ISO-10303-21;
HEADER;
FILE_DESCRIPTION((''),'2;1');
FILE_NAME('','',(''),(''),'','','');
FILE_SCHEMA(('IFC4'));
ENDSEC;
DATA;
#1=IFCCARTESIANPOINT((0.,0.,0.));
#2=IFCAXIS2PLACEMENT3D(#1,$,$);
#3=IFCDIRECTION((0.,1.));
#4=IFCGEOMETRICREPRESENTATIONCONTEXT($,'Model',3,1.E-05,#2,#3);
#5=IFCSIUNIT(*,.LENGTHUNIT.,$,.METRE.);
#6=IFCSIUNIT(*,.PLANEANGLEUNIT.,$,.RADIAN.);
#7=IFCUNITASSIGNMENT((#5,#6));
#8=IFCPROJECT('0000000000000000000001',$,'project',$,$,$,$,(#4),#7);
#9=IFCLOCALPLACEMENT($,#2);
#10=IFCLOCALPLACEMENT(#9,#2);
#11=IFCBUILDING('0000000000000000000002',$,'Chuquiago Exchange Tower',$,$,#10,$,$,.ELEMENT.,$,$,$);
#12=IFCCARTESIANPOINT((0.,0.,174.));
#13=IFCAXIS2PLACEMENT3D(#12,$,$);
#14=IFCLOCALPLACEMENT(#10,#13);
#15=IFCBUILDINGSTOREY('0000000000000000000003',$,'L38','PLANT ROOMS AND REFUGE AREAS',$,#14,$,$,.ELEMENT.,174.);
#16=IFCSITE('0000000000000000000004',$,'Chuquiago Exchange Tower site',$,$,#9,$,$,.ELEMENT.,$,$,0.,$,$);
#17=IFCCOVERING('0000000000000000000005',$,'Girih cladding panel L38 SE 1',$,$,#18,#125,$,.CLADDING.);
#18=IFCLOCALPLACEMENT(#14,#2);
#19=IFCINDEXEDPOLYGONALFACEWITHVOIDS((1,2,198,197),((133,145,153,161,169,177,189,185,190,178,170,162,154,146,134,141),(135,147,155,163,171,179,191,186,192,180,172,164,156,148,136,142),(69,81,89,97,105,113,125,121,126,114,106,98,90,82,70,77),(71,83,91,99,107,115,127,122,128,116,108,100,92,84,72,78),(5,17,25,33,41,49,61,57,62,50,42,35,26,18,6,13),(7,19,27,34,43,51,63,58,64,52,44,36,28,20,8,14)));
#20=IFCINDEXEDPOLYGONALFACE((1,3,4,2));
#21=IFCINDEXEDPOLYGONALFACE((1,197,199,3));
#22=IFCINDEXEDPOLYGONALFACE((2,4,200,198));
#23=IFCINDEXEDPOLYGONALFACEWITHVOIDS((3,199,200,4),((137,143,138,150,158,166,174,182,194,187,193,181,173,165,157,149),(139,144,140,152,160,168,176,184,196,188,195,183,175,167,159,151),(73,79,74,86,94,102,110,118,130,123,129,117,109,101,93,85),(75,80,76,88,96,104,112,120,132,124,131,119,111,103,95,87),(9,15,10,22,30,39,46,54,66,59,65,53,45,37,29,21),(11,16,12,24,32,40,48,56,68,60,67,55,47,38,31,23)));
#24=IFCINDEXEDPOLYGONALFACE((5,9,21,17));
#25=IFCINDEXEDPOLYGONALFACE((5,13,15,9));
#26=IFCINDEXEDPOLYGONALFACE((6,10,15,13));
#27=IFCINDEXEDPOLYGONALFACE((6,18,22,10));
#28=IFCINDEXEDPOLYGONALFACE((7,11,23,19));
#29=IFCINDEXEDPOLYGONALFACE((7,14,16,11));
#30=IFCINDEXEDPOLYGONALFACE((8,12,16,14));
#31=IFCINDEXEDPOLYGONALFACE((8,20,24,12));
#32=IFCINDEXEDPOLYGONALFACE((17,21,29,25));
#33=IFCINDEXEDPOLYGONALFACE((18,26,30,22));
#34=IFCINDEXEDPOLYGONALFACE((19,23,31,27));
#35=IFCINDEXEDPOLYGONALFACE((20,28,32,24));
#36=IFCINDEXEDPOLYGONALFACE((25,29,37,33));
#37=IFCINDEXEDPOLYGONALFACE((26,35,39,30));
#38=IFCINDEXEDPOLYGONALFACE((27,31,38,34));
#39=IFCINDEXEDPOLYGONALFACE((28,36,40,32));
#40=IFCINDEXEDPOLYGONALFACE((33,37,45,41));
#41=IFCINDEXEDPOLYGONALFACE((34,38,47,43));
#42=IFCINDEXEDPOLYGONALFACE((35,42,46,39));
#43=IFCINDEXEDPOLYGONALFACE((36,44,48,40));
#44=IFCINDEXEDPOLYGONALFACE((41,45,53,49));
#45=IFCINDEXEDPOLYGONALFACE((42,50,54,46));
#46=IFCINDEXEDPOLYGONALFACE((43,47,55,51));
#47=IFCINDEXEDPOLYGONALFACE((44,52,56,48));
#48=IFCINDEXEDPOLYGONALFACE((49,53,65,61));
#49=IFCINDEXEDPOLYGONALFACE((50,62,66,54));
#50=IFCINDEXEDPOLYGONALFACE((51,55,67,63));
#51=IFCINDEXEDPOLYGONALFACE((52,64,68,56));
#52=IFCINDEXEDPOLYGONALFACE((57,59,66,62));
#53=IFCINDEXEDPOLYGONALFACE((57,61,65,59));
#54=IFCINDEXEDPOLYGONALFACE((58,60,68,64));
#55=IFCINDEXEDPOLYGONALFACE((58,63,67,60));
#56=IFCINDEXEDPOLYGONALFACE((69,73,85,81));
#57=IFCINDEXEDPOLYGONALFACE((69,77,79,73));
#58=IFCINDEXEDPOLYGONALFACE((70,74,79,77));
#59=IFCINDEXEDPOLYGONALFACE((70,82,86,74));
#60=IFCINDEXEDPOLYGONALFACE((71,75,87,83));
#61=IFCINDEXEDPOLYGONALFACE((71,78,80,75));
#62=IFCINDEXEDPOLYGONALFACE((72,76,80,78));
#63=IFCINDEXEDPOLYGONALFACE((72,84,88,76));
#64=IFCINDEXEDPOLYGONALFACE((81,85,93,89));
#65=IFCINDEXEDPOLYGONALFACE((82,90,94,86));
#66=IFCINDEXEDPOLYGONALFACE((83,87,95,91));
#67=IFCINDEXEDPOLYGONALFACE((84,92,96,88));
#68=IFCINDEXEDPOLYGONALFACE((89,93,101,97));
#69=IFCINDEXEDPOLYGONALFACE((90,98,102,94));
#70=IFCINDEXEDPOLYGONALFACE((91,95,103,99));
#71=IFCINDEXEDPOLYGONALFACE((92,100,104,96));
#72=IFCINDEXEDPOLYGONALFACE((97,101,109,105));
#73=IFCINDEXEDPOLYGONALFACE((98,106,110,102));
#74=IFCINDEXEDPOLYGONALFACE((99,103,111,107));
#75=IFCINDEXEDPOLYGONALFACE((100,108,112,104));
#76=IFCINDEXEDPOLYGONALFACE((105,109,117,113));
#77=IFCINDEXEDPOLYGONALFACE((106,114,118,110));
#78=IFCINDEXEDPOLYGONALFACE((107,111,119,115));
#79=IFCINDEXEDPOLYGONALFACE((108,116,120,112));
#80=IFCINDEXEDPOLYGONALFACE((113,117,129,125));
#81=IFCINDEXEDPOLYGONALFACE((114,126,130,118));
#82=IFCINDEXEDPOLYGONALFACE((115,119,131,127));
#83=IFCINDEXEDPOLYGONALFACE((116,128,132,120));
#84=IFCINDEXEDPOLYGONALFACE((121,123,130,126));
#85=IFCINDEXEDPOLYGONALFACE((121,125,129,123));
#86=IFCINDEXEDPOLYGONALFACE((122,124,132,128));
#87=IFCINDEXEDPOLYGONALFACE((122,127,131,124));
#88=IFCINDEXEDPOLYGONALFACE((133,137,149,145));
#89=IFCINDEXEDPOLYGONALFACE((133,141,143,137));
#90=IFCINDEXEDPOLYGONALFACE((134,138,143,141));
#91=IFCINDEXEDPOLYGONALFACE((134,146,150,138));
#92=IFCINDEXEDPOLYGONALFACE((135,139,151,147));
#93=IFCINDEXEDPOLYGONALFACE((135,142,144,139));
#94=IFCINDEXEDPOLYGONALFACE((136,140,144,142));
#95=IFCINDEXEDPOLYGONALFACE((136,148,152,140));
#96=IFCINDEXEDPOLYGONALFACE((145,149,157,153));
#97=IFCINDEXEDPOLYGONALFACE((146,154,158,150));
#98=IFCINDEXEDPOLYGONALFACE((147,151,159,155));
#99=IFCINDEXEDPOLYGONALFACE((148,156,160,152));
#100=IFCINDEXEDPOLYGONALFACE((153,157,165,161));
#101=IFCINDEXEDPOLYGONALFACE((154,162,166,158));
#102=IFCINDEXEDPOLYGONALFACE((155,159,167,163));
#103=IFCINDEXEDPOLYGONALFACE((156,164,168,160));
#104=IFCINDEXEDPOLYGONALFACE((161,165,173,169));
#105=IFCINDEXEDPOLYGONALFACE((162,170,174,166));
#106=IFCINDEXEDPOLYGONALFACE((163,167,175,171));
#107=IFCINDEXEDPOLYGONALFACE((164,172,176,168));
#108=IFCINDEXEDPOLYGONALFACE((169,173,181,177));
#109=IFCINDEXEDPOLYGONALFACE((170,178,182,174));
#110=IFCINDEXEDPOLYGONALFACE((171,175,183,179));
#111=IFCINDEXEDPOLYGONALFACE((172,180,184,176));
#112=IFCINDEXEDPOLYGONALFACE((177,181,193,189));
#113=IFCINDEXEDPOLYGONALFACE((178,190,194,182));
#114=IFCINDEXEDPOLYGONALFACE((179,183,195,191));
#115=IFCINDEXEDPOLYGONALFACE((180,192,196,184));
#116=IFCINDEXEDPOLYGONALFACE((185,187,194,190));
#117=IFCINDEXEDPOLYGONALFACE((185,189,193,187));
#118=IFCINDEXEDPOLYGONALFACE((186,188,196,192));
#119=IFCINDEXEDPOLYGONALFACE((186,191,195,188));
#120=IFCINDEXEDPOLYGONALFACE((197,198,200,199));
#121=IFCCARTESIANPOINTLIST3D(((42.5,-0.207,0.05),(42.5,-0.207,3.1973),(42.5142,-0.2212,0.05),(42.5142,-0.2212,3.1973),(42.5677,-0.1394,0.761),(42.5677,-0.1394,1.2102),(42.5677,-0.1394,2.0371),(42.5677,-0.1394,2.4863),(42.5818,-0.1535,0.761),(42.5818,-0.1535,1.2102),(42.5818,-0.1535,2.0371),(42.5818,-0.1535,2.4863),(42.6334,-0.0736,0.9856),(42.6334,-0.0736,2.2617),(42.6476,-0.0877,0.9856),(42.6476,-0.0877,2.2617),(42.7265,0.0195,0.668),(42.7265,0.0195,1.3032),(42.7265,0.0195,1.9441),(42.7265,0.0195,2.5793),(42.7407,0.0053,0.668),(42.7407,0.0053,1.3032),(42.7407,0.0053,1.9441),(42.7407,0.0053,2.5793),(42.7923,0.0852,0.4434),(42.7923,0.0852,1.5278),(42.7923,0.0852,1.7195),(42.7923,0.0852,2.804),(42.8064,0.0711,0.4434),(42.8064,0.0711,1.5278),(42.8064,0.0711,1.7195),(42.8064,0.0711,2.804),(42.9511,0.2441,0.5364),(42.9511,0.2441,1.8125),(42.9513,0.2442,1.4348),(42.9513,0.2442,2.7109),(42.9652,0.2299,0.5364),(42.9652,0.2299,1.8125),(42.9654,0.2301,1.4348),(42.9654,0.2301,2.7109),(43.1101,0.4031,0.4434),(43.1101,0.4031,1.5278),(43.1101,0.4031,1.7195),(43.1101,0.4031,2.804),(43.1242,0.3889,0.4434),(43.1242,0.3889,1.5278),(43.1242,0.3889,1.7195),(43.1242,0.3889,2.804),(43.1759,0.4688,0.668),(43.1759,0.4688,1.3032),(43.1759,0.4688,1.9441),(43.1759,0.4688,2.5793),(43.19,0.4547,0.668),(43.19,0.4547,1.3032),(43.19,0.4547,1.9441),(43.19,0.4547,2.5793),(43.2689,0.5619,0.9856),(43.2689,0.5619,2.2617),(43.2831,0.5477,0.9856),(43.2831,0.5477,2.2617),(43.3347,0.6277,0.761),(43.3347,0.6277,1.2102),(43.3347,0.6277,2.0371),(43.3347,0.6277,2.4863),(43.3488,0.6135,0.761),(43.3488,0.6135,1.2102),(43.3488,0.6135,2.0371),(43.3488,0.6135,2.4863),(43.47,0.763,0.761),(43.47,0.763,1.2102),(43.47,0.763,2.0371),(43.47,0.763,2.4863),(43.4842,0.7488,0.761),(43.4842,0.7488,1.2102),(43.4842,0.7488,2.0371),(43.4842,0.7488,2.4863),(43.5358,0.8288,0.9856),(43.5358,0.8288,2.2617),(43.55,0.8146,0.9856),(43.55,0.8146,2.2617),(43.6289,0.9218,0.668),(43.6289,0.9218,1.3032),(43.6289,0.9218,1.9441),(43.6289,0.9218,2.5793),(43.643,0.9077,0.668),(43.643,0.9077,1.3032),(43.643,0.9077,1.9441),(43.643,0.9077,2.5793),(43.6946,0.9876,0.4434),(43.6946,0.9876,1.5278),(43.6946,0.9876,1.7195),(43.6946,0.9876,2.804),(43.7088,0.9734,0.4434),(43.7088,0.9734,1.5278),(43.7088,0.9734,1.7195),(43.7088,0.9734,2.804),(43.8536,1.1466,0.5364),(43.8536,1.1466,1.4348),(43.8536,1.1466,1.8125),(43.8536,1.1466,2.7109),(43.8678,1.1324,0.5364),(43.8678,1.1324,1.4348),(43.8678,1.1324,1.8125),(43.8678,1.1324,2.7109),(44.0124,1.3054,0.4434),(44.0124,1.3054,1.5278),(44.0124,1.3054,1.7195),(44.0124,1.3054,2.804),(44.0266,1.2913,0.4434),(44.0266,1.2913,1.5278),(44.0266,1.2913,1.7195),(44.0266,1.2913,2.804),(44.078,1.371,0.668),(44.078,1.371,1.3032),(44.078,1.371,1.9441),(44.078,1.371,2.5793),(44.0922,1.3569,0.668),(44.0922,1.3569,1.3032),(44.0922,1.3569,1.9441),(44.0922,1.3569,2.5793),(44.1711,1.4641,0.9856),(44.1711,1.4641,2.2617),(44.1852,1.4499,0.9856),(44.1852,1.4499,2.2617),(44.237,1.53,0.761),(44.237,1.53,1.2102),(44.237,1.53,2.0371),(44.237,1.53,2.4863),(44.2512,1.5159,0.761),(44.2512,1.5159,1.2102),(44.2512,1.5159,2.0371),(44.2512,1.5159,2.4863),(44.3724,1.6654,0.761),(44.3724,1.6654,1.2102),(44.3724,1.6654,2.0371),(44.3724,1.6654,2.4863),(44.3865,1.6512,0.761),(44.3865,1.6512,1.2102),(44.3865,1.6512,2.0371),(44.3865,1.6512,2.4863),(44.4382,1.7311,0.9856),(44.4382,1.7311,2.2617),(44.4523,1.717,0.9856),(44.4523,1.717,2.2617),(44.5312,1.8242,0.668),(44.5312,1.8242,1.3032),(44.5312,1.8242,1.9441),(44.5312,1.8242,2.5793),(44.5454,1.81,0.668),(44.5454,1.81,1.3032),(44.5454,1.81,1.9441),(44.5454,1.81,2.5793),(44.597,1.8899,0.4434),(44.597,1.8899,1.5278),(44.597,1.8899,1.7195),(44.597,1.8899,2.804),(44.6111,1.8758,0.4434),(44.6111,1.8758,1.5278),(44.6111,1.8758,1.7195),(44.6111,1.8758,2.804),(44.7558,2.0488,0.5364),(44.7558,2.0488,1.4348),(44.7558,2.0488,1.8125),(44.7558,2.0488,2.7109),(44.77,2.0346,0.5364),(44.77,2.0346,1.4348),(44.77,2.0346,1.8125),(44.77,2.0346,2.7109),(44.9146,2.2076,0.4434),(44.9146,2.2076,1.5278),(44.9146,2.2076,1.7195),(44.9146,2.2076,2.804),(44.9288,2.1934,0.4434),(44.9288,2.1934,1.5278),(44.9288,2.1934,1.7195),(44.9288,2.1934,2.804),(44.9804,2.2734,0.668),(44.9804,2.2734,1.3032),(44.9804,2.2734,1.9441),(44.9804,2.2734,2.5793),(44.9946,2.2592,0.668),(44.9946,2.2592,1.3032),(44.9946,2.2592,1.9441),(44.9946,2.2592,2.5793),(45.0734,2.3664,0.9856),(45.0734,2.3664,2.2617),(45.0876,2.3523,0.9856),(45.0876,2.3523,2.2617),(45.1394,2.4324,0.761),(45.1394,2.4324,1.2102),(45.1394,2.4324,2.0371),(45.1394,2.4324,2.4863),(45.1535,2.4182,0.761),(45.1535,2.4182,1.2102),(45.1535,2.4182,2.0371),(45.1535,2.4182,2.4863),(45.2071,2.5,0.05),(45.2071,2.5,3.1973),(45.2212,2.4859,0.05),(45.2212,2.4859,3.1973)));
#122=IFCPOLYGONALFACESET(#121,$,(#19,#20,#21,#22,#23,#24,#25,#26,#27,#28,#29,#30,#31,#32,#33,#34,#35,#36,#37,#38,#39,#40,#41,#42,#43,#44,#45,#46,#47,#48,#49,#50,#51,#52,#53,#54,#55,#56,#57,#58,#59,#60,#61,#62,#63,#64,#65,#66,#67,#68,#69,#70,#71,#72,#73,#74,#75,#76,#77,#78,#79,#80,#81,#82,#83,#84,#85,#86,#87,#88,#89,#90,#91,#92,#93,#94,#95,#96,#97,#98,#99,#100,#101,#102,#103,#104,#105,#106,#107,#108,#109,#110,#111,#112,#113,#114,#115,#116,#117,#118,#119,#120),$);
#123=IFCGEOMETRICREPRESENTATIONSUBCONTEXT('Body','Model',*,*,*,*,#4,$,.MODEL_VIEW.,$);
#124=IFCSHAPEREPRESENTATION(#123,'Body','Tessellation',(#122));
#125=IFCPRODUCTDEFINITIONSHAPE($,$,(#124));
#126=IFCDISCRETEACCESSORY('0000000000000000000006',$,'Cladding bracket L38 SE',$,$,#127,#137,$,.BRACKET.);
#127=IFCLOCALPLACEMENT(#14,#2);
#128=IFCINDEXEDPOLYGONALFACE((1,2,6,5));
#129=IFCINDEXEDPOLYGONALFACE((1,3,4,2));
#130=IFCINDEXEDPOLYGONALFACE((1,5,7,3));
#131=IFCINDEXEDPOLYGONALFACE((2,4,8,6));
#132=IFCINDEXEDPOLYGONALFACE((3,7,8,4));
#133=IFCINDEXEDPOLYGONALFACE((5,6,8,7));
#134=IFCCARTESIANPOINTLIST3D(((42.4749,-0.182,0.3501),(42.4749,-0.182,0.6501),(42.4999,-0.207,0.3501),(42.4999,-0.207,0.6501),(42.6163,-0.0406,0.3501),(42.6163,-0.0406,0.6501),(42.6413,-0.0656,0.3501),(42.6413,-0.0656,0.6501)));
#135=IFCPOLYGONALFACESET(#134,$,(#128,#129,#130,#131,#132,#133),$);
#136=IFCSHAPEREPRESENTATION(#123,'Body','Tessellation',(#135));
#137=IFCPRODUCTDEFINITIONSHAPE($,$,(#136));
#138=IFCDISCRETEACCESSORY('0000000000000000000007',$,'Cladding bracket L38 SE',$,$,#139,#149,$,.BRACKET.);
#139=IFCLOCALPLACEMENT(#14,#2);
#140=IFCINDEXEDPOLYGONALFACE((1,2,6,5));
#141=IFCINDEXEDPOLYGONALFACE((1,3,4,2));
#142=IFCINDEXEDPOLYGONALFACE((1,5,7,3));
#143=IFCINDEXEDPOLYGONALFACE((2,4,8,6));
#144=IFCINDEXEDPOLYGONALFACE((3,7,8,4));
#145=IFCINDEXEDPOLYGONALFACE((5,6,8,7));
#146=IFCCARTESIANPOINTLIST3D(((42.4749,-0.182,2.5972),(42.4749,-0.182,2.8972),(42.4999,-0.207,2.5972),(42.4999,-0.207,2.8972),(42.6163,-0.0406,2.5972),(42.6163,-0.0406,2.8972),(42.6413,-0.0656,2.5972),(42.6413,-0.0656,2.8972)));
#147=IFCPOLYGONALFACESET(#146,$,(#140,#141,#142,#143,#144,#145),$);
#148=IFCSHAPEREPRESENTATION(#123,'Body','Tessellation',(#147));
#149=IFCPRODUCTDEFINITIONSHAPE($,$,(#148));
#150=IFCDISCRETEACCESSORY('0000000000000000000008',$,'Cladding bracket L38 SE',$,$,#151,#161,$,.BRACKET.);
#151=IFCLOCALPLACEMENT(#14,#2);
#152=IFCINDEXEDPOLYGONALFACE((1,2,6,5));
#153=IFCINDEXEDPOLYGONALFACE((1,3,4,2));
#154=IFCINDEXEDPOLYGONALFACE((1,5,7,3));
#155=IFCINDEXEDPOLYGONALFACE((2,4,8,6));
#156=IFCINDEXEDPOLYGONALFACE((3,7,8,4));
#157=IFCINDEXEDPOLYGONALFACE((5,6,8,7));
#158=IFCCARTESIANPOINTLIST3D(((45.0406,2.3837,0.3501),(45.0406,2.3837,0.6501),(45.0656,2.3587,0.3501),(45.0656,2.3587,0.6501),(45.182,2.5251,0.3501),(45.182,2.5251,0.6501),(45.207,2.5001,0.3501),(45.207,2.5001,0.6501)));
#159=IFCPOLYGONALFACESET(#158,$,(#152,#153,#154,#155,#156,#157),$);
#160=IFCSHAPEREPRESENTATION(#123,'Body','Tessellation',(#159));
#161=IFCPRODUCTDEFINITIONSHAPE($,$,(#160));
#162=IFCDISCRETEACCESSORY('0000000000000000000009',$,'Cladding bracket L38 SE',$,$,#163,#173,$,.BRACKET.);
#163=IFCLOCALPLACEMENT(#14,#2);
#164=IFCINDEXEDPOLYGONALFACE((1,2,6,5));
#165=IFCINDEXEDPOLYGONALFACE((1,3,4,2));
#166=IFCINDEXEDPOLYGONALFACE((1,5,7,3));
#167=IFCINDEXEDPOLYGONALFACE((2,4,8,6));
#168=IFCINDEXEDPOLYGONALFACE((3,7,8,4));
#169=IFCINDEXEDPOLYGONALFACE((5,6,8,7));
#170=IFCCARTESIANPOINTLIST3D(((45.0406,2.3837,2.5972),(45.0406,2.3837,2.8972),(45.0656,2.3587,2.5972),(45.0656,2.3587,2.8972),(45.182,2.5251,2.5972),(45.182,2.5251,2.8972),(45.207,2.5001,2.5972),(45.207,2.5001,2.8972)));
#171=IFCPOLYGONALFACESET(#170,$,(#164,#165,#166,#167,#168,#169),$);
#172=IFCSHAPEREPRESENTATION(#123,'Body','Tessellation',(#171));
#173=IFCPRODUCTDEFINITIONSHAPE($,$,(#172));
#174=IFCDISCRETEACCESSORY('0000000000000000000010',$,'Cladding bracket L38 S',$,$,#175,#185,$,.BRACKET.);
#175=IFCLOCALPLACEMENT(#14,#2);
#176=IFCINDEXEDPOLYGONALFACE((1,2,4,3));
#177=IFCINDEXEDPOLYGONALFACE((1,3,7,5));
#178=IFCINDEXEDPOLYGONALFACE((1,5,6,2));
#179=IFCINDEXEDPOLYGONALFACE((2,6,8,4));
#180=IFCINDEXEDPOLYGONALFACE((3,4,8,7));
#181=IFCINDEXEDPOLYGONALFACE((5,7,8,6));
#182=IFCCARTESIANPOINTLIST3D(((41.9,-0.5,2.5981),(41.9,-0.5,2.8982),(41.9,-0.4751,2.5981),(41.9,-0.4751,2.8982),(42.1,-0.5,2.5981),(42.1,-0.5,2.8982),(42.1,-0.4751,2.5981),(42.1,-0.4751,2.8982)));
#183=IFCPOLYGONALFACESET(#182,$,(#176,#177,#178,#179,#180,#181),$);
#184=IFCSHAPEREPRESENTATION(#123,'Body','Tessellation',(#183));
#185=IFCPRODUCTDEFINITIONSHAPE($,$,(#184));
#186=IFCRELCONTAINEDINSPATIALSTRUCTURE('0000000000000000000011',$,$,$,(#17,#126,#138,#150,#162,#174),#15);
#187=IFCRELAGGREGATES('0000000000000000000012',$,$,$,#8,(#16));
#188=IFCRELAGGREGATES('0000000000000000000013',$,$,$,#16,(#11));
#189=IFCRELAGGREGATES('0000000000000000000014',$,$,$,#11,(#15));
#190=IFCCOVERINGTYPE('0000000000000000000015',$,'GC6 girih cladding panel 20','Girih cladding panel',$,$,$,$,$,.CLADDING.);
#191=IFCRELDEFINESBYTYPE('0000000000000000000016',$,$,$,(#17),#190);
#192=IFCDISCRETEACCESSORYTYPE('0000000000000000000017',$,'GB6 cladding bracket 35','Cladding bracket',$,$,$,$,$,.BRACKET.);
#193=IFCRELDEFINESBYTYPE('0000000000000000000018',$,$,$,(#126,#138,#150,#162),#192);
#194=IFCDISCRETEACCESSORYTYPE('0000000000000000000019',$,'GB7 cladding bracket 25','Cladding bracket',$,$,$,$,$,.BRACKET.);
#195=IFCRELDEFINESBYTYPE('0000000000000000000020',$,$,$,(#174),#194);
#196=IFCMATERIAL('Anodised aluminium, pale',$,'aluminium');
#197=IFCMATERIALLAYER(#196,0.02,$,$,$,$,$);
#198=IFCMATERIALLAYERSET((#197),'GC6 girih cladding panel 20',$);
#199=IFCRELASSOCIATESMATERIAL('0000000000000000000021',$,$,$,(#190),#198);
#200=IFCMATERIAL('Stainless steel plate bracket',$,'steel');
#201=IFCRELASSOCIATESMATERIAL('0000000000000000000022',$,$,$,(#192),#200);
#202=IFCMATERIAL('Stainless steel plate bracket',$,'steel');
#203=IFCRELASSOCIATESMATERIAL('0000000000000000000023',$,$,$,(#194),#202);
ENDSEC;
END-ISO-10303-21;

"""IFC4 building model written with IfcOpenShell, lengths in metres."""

from ifc_helpers import new_model, si_unit, direction, frame, origin, origin_2d, place, context, subcontext, project, spatial, polyline, rectangle, outline, extrude, material, layer, layer_set, type_object, element, save


model = new_model("IFC4")

# Units and contexts
model_context = context("Model", 3, precision=1e-05, world=origin(), true_north=direction((0.0, 1.0)))
body_context = subcontext(model_context, "Body", "Model", "MODEL_VIEW")
ifc_project = project(units=[si_unit("LENGTHUNIT", "METRE"), si_unit("PLANEANGLEUNIT", "RADIAN")], contexts=[model_context])

# Site, building, storey
site_placement = place(None, origin())
site = spatial("IfcSite", under=ifc_project, at=site_placement, Name="Chuquiago Exchange Tower site", CompositionType="ELEMENT", RefElevation=0.0)
building_placement = place(site_placement, origin())
building = spatial("IfcBuilding", under=site, at=building_placement, Name="Chuquiago Exchange Tower", CompositionType="ELEMENT")
storey_placement = place(building_placement, frame((0.0, 0.0, 174.0)))
storey = spatial("IfcBuildingStorey", under=building, at=storey_placement, Name="L38", Description="PLANT ROOMS AND REFUGE AREAS", CompositionType="ELEMENT", Elevation=174.0)

# Covering
ifc_material_1 = material(Name="Anodised aluminium, pale", Category="aluminium")
ifc_layer_1 = layer(ifc_material_1, 0.02)
ifc_layer_set_1 = layer_set([ifc_layer_1], Name="GC6 girih cladding panel 20")
covering_type_1 = type_object("IfcCoveringType", Name="GC6 girih cladding panel 20", Description="Girih cladding panel", PredefinedType="CLADDING", material=ifc_layer_set_1)
covering_1_placement = place(storey_placement, frame((42.5, -0.207, 0.05), z_axis=(0.0, 0.0, 1.0), x_axis=(0.707107, 0.707107, 0.0)))
element("IfcCovering", 1, at=covering_1_placement, inside=storey, type_object=covering_type_1, Name="Girih cladding panel L38 SE 1", PredefinedType="CLADDING", context=body_context, shape_type="SweptSolid", body=[
    extrude(outline(polyline([(0.0, 0.0), (3.8284, 0.0), (3.8284, 3.1472), (0.0, 3.1472), (0.0, 0.0)]), holes=[polyline([(1.0874, 0.9355), (1.1804, 1.1602), (0.9558, 1.2532), (0.8628, 1.4778), (0.6382, 1.3848), (0.4133, 1.4778), (0.3203, 1.2532), (0.0957, 1.1602), (0.1887, 0.9355), (0.0957, 0.7109), (0.3203, 0.6179), (0.4133, 0.3933), (0.6379, 0.4863), (0.8628, 0.3933), (0.9558, 0.6179), (1.1804, 0.7109), (1.0874, 0.9355)]), polyline([(2.3633, 0.9355), (2.4565, 1.1602), (2.2317, 1.2532), (2.1389, 1.4778), (1.9143, 1.3848), (1.6895, 1.4778), (1.5964, 1.2532), (1.3718, 1.1602), (1.4648, 0.9355), (1.3718, 0.7109), (1.5964, 0.6179), (1.6895, 0.3933), (1.9143, 0.4863), (2.1389, 0.3933), (2.2317, 0.6179), (2.4565, 0.7109), (2.3633, 0.9355)]), polyline([(3.6394, 0.9355), (3.7327, 1.1602), (3.5078, 1.2532), (3.4148, 1.4778), (3.1902, 1.3848), (2.9656, 1.4778), (2.8726, 1.2532), (2.6479, 1.1602), (2.741, 0.9355), (2.6479, 0.7109), (2.8726, 0.6179), (2.9656, 0.3933), (3.1902, 0.4863), (3.4148, 0.3933), (3.5078, 0.6179), (3.7327, 0.7109), (3.6394, 0.9355)]), polyline([(1.0874, 2.2117), (1.1804, 2.4363), (0.9558, 2.5293), (0.8628, 2.7539), (0.6382, 2.6609), (0.4133, 2.7539), (0.3203, 2.5293), (0.0957, 2.4363), (0.1887, 2.2117), (0.0957, 1.9871), (0.3203, 1.894), (0.4133, 1.6694), (0.6379, 1.7625), (0.8628, 1.6694), (0.9558, 1.894), (1.1804, 1.9871), (1.0874, 2.2117)]), polyline([(2.3633, 2.2117), (2.4565, 2.4363), (2.2317, 2.5293), (2.1389, 2.7539), (1.9143, 2.6609), (1.6895, 2.7539), (1.5964, 2.5293), (1.3718, 2.4363), (1.4648, 2.2117), (1.3718, 1.9871), (1.5964, 1.894), (1.6895, 1.6694), (1.9143, 1.7625), (2.1389, 1.6694), (2.2317, 1.894), (2.4565, 1.9871), (2.3633, 2.2117)]), polyline([(3.6394, 2.2117), (3.7327, 2.4363), (3.5078, 2.5293), (3.4148, 2.7539), (3.1902, 2.6609), (2.9656, 2.7539), (2.8726, 2.5293), (2.6479, 2.4363), (2.741, 2.2117), (2.6479, 1.9871), (2.8726, 1.894), (2.9656, 1.6694), (3.1902, 1.7625), (3.4148, 1.6694), (3.5078, 1.894), (3.7327, 1.9871), (3.6394, 2.2117)])]), frame((0.0, 0.0, 0.0), z_axis=(0.0, -1.0, 0.0), x_axis=(1.0, 0.0, 0.0)), (0.0, 0.0, 1.0), 0.02),
])

# Discrete accessories
ifc_material_2 = material(Name="Stainless steel plate bracket", Category="steel")
discrete_accessory_type_1 = type_object("IfcDiscreteAccessoryType", Name="GB6 cladding bracket 35", Description="Cladding bracket", PredefinedType="BRACKET", material=ifc_material_2)
for number, where, z_axis, x_axis, name in (
    (2, (42.5581, -0.1238, 0.3501), (0.0, 0.0, 1.0), (0.707107, 0.707107, 0.0), "Cladding bracket L38 SE"),
    (3, (42.5581, -0.1238, 2.5972), (0.0, 0.0, 1.0), (0.707107, 0.707107, 0.0), "Cladding bracket L38 SE"),
    (4, (45.1238, 2.4419, 0.3501), (0.0, 0.0, 1.0), (0.707107, 0.707107, 0.0), "Cladding bracket L38 SE"),
    (5, (45.1238, 2.4419, 2.5972), (0.0, 0.0, 1.0), (0.707107, 0.707107, 0.0), "Cladding bracket L38 SE"),
):
    element("IfcDiscreteAccessory", number, at=place(storey_placement, frame(where, z_axis=z_axis, x_axis=x_axis)), inside=storey, type_object=discrete_accessory_type_1, Name=name, PredefinedType="BRACKET", context=body_context, shape_type="SweptSolid", body=[
        extrude(rectangle(XDim=0.2, YDim=0.0354, at=origin_2d()), origin(), (0.0, 0.0, 1.0), 0.3),
    ])
ifc_material_3 = material(Name="Stainless steel plate bracket", Category="steel")
discrete_accessory_type_2 = type_object("IfcDiscreteAccessoryType", Name="GB7 cladding bracket 25", Description="Cladding bracket", PredefinedType="BRACKET", material=ifc_material_3)
for number, where, z_axis, x_axis, name in (
    (6, (42.0, -0.4875, 2.5981), (0.0, 0.0, 1.0), (1.0, 0.0, 0.0), "Cladding bracket L38 S"),
):
    element("IfcDiscreteAccessory", number, at=place(storey_placement, frame(where, z_axis=z_axis, x_axis=x_axis)), inside=storey, type_object=discrete_accessory_type_2, Name=name, PredefinedType="BRACKET", context=body_context, shape_type="SweptSolid", body=[
        extrude(rectangle(XDim=0.2, YDim=0.0249, at=origin_2d()), origin(), (0.0, 0.0, 1.0), 0.3),
    ])

save(model, "model.ifc")
